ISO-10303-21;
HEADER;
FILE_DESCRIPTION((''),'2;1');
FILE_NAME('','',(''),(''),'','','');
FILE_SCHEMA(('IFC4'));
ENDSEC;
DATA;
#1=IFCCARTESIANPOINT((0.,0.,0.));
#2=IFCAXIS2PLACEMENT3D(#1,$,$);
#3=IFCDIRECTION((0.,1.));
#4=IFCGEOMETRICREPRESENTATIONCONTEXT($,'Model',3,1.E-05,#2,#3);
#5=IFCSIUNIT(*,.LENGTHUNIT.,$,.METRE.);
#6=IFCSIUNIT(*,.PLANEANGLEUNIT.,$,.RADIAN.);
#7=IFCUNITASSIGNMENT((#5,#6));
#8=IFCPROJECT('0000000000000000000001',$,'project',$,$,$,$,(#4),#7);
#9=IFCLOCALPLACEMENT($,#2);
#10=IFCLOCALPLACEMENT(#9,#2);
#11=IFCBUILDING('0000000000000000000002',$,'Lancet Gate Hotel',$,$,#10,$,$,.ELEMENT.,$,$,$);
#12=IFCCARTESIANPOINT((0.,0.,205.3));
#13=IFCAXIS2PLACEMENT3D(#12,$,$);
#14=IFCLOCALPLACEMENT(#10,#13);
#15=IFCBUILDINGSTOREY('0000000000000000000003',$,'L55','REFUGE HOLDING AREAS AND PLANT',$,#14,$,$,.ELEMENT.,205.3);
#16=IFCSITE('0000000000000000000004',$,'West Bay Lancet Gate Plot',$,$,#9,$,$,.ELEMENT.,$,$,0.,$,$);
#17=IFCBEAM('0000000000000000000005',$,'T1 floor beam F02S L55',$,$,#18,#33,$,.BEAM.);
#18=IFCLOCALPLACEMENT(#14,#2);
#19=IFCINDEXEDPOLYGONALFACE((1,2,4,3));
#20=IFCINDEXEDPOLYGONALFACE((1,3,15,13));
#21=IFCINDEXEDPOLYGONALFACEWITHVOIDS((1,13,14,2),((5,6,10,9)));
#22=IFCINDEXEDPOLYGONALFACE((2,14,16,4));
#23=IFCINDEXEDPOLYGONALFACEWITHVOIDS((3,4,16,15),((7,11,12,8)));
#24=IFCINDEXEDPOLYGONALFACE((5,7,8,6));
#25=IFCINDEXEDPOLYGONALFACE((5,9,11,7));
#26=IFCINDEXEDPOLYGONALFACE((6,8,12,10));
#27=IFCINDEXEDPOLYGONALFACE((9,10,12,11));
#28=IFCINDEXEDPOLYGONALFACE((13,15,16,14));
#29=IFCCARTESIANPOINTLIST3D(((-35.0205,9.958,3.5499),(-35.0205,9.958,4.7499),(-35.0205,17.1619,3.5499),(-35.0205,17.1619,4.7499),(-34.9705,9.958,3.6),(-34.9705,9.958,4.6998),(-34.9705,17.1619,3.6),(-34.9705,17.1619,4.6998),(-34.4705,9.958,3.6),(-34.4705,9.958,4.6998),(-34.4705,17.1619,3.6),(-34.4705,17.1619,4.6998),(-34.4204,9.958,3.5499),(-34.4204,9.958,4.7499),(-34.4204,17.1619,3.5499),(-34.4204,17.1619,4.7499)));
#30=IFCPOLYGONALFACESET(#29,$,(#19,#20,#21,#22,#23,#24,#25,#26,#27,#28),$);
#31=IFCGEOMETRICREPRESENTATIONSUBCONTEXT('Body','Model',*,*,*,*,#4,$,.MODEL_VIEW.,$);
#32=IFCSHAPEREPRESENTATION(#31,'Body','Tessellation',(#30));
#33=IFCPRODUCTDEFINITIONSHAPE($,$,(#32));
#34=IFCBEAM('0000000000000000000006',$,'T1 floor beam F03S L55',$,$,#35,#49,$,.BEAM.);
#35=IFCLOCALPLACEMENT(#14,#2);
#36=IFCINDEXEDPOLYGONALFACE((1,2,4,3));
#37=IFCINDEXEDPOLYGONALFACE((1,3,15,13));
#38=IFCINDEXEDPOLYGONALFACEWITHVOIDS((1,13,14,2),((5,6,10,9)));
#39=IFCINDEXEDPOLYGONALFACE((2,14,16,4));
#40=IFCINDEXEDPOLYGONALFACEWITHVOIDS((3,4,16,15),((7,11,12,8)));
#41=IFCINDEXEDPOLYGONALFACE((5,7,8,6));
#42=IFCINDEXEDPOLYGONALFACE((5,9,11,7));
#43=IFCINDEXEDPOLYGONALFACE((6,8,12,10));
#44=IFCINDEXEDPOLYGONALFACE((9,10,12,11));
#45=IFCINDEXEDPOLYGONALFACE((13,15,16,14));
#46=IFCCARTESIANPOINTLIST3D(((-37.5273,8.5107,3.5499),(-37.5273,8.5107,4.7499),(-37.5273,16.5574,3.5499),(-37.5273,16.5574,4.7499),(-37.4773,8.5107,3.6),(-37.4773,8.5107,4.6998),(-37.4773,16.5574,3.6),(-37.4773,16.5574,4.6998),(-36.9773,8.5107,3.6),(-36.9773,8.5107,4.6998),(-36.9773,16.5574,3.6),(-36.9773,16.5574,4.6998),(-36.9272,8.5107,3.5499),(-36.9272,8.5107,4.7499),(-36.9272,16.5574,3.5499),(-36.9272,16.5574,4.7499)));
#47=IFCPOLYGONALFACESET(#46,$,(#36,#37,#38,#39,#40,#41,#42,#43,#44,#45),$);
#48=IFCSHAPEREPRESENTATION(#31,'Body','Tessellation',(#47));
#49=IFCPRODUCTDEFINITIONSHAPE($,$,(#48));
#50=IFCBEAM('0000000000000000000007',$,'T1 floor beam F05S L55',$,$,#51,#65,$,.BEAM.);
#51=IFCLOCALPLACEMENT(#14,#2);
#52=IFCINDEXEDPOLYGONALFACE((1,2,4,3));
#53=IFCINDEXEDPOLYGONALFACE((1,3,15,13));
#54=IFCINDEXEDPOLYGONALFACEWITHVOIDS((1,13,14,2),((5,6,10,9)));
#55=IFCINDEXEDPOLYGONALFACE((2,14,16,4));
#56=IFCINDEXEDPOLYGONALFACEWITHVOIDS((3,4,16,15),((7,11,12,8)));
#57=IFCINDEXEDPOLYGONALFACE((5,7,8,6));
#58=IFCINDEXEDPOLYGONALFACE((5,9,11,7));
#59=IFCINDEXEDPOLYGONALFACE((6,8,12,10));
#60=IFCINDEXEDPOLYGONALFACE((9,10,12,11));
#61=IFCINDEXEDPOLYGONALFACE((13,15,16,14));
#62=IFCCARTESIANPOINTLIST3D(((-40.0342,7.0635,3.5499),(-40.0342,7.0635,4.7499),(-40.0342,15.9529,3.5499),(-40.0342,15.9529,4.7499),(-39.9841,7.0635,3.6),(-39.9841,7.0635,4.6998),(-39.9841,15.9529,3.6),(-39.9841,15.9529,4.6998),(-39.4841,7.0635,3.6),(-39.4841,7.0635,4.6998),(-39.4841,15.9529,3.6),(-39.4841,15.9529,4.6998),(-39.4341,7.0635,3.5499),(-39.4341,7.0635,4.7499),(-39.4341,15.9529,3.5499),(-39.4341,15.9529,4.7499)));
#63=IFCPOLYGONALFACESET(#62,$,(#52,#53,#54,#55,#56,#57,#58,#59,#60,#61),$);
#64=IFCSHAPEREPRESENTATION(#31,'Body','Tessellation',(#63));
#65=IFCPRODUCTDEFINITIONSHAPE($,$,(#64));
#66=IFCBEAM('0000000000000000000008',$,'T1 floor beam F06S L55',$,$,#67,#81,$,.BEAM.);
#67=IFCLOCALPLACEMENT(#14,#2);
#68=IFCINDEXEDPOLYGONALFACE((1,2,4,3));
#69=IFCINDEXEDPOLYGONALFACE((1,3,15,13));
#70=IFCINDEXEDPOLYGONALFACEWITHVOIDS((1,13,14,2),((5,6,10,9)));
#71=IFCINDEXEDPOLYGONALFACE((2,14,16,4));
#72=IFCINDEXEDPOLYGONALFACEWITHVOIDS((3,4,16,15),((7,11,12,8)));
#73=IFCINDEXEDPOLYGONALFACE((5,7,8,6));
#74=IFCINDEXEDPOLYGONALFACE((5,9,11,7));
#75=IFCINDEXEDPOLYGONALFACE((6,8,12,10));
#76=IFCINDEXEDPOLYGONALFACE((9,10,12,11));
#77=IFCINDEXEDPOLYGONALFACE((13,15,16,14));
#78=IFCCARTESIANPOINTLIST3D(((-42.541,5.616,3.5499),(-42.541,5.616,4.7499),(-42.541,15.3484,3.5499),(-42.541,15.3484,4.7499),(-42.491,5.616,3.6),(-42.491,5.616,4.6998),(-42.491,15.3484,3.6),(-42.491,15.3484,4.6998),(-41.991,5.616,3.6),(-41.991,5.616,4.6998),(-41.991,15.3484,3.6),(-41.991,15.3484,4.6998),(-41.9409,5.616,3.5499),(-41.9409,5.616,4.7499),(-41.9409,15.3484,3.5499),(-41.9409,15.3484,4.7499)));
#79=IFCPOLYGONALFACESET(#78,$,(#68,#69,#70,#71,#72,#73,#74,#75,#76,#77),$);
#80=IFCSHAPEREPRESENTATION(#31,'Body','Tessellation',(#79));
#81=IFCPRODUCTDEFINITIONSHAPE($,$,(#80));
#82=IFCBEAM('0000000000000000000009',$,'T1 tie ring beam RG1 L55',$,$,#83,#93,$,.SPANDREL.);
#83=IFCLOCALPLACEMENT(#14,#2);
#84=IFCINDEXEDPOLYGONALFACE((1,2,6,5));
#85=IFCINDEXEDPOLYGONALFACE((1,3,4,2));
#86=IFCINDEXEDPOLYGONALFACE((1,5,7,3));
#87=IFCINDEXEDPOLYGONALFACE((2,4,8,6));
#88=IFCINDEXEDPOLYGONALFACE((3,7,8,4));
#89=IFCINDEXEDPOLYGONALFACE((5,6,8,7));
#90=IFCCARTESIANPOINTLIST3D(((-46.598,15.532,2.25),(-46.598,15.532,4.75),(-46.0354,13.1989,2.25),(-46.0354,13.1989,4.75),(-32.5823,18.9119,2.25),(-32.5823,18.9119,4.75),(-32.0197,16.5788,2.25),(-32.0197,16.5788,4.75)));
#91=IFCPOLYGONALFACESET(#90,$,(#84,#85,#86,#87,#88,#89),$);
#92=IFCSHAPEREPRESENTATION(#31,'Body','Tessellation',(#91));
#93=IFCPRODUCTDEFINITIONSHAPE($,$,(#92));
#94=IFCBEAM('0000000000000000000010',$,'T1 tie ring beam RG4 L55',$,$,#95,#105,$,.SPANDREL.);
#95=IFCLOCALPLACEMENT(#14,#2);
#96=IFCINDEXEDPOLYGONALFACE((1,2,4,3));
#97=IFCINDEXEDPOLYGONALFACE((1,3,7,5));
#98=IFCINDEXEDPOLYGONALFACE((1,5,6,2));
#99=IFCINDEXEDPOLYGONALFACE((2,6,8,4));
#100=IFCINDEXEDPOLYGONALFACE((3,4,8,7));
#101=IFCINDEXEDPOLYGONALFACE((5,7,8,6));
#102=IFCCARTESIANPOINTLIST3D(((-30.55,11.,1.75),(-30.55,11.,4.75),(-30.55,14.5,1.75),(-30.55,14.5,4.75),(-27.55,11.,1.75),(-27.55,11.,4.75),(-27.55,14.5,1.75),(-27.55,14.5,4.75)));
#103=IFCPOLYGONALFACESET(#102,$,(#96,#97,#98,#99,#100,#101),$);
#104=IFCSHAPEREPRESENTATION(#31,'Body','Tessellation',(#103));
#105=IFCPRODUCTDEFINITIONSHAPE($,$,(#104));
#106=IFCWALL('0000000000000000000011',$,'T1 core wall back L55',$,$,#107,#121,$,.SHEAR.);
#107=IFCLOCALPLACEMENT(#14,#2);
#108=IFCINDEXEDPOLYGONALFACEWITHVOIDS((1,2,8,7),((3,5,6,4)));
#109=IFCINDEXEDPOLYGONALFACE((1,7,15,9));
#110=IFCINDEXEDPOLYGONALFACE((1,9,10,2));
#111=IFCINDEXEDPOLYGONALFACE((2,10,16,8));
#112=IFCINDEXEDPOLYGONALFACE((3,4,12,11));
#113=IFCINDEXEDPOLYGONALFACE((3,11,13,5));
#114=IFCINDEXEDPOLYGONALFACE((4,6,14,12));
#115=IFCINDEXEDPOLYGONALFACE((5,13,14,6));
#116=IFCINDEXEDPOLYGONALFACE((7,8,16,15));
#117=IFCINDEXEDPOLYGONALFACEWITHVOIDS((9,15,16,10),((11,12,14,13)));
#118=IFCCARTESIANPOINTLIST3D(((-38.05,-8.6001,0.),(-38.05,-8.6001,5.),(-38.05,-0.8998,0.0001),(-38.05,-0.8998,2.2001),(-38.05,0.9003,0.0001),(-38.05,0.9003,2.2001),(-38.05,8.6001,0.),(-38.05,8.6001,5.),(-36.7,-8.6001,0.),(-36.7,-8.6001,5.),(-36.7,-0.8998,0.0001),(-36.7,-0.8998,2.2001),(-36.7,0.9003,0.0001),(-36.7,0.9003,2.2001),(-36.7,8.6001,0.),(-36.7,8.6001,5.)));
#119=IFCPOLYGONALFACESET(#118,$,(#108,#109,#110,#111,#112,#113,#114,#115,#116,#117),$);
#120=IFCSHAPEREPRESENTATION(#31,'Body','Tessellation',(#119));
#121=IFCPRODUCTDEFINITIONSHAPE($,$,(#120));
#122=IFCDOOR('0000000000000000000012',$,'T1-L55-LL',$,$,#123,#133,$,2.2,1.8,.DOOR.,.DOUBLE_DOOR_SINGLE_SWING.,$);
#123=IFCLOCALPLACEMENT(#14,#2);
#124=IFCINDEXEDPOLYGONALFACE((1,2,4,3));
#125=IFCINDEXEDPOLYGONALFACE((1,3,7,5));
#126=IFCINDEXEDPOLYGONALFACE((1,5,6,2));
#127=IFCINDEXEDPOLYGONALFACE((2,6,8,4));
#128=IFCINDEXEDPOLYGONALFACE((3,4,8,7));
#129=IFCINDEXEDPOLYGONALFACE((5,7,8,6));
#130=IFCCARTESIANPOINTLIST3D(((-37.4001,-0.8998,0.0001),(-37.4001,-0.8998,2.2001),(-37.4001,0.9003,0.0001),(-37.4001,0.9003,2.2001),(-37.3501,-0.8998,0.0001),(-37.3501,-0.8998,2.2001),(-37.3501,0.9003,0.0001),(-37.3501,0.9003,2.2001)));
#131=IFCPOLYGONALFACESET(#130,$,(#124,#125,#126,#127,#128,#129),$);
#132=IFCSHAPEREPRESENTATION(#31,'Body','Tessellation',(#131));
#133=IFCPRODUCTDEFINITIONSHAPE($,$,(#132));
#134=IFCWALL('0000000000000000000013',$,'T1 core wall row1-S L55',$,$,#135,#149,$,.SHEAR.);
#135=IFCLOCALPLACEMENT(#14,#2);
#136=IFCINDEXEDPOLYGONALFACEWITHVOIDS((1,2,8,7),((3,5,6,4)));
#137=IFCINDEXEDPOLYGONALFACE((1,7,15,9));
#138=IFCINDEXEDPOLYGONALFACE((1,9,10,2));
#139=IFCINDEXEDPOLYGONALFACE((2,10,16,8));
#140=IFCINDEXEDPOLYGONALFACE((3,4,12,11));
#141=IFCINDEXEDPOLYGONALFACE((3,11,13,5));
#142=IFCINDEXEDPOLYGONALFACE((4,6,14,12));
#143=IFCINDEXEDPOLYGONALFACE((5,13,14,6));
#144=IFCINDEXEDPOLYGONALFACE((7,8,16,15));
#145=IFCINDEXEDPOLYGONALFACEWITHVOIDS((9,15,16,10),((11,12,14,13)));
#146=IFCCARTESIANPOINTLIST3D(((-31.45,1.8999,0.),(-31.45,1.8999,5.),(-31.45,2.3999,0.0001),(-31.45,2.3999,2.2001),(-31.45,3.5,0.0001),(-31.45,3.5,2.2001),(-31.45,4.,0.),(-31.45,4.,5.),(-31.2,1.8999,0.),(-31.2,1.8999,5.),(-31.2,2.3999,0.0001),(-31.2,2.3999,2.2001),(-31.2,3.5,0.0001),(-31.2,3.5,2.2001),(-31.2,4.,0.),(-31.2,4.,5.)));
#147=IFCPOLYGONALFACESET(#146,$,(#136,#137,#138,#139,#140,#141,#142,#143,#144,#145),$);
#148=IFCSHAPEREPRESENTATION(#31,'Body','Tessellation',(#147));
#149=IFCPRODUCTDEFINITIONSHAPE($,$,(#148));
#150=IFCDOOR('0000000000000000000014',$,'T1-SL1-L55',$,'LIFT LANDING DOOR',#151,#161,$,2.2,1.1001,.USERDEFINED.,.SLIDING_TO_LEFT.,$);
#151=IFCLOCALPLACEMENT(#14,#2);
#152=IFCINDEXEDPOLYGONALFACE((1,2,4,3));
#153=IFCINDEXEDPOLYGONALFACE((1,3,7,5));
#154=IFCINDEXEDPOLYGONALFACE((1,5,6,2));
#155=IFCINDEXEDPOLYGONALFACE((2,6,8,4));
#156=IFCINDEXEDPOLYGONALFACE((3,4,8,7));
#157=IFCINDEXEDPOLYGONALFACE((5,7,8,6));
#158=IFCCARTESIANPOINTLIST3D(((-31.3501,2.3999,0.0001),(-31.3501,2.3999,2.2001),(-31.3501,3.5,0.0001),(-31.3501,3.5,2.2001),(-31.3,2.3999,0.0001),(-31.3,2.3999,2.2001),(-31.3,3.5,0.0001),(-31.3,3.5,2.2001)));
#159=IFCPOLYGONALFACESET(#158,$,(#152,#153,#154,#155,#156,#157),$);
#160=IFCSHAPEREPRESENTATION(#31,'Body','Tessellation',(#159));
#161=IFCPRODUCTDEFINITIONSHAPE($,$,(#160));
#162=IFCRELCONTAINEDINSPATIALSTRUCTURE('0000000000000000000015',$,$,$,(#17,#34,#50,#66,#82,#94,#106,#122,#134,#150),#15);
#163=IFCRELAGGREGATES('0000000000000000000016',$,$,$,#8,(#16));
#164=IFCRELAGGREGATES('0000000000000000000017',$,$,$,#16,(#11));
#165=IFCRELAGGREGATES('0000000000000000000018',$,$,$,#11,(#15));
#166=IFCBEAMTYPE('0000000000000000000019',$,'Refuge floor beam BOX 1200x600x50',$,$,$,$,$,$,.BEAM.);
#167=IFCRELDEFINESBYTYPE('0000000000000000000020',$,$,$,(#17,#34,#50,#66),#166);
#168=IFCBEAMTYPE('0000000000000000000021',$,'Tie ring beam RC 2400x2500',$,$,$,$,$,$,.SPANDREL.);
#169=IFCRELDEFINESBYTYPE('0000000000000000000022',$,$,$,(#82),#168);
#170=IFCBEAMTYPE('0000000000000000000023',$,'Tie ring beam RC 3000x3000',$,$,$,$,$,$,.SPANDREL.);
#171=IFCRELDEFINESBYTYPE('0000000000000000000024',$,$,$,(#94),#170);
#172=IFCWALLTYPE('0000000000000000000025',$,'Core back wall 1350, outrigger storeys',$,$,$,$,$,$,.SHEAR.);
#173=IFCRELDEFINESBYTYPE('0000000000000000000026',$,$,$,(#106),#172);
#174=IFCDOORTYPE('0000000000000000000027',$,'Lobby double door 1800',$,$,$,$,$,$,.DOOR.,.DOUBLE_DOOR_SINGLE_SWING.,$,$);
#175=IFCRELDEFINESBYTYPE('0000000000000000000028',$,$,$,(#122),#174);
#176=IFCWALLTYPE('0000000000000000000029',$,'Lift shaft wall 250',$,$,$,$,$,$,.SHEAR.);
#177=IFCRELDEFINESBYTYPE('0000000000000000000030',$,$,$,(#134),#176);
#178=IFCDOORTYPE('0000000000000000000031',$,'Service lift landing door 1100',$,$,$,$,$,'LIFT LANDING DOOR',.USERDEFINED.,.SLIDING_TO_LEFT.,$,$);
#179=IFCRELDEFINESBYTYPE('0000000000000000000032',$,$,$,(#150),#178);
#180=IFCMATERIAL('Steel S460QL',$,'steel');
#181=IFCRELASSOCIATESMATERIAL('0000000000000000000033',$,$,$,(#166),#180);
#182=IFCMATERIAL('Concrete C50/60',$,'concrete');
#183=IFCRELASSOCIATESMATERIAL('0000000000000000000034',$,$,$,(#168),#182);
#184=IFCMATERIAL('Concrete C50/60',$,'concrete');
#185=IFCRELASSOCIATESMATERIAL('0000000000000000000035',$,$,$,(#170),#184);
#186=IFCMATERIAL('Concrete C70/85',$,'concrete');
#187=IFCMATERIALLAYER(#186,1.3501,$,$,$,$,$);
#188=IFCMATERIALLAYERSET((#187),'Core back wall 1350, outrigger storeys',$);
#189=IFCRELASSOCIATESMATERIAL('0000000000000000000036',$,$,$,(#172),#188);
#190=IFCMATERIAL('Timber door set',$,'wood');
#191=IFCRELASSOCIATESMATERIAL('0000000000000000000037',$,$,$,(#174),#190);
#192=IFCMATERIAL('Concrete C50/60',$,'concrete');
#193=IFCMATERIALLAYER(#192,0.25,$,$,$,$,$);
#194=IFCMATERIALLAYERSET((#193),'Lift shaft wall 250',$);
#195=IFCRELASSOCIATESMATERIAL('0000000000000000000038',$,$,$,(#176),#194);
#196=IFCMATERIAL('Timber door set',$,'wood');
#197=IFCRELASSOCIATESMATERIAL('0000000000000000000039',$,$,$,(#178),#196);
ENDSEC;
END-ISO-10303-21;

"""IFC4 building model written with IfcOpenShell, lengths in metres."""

from ifc_helpers import new_model, si_unit, direction, frame, frame_2d, origin, origin_2d, place, context, subcontext, project, spatial, rectangle, hollow_rectangle, extrude, material, layer, layer_set, material_profile, profile_set, type_object, element, fill, save


model = new_model("IFC4")

# Units and contexts
model_context = context("Model", 3, precision=1e-05, world=origin(), true_north=direction((0.0, 1.0)))
body_context = subcontext(model_context, "Body", "Model", "MODEL_VIEW")
ifc_project = project(units=[si_unit("LENGTHUNIT", "METRE"), si_unit("PLANEANGLEUNIT", "RADIAN")], contexts=[model_context])

# Site, building, storey
site_placement = place(None, origin())
site = spatial("IfcSite", under=ifc_project, at=site_placement, Name="West Bay Lancet Gate Plot", CompositionType="ELEMENT", RefElevation=0.0)
building_placement = place(site_placement, origin())
building = spatial("IfcBuilding", under=site, at=building_placement, Name="Lancet Gate Hotel", CompositionType="ELEMENT")
storey_placement = place(building_placement, frame((0.0, 0.0, 205.3)))
storey = spatial("IfcBuildingStorey", under=building, at=storey_placement, Name="L55", Description="REFUGE HOLDING AREAS AND PLANT", CompositionType="ELEMENT", Elevation=205.3)

# Beams
ifc_material_1 = material(Name="Steel S460QL", Category="steel")
ifc_material_profile_1 = material_profile(ifc_material_1, hollow_rectangle(XDim=0.6001, YDim=1.2, WallThickness=0.05, at=origin_2d()), Name="BOX 1200x600x50")
ifc_profile_set_1 = profile_set([ifc_material_profile_1], Name="Steel S460QL")
beam_type_1 = type_object("IfcBeamType", Name="Refuge floor beam BOX 1200x600x50", PredefinedType="BEAM", material=ifc_profile_set_1)
beam_1_placement = place(storey_placement, frame((-34.7205, 17.1619, 4.1499), z_axis=(0.0, -1.0, 0.0), x_axis=(1.0, 0.0, 0.0)))
element("IfcBeam", 1, at=beam_1_placement, inside=storey, type_object=beam_type_1, Name="T1 floor beam F02S L55", PredefinedType="BEAM", context=body_context, shape_type="SweptSolid", body=[
    extrude(hollow_rectangle(XDim=0.6001, YDim=1.2, WallThickness=0.05, at=origin_2d()), origin(), (0.0, 0.0, 1.0), 7.2039),
])
beam_2_placement = place(storey_placement, frame((-37.2273, 16.5574, 4.1499), z_axis=(0.0, -1.0, 0.0), x_axis=(1.0, 0.0, 0.0)))
element("IfcBeam", 2, at=beam_2_placement, inside=storey, type_object=beam_type_1, Name="T1 floor beam F03S L55", PredefinedType="BEAM", context=body_context, shape_type="SweptSolid", body=[
    extrude(hollow_rectangle(XDim=0.6001, YDim=1.2, WallThickness=0.05, at=origin_2d()), origin(), (0.0, 0.0, 1.0), 8.0466),
])
beam_3_placement = place(storey_placement, frame((-39.7341, 15.9529, 4.1499), z_axis=(0.0, -1.0, 0.0), x_axis=(1.0, 0.0, 0.0)))
element("IfcBeam", 3, at=beam_3_placement, inside=storey, type_object=beam_type_1, Name="T1 floor beam F05S L55", PredefinedType="BEAM", context=body_context, shape_type="SweptSolid", body=[
    extrude(hollow_rectangle(XDim=0.6001, YDim=1.2, WallThickness=0.05, at=origin_2d()), origin(), (0.0, 0.0, 1.0), 8.8894),
])
beam_4_placement = place(storey_placement, frame((-42.241, 15.3484, 4.1499), z_axis=(0.0, -1.0, 0.0), x_axis=(1.0, 0.0, 0.0)))
element("IfcBeam", 4, at=beam_4_placement, inside=storey, type_object=beam_type_1, Name="T1 floor beam F06S L55", PredefinedType="BEAM", context=body_context, shape_type="SweptSolid", body=[
    extrude(hollow_rectangle(XDim=0.6001, YDim=1.2, WallThickness=0.05, at=origin_2d()), origin(), (0.0, 0.0, 1.0), 9.7324),
])
ifc_material_2 = material(Name="Concrete C50/60", Category="concrete")
ifc_material_profile_2 = material_profile(ifc_material_2, rectangle(XDim=2.3999, YDim=2.5, at=origin_2d()), Name="RC 2400x2500")
ifc_profile_set_2 = profile_set([ifc_material_profile_2], Name="Concrete C50/60")
beam_type_2 = type_object("IfcBeamType", Name="Tie ring beam RC 2400x2500", PredefinedType="SPANDREL", material=ifc_profile_set_2)
beam_5_placement = place(storey_placement, frame((-32.301, 17.7454, 3.5), z_axis=(-0.972133, -0.234431, 0.0), x_axis=(0.234431, -0.972133, 0.0)))
element("IfcBeam", 5, at=beam_5_placement, inside=storey, type_object=beam_type_2, Name="T1 tie ring beam RG1 L55", PredefinedType="SPANDREL", context=body_context, shape_type="SweptSolid", body=[
    extrude(rectangle(XDim=2.3999, YDim=2.5, at=origin_2d()), origin(), (0.0, 0.0, 1.0), 14.4175),
])
ifc_material_3 = material(Name="Concrete C50/60", Category="concrete")
ifc_material_profile_3 = material_profile(ifc_material_3, rectangle(XDim=3.0, YDim=3.0, at=origin_2d()), Name="RC 3000x3000")
ifc_profile_set_3 = profile_set([ifc_material_profile_3], Name="Concrete C50/60")
beam_type_3 = type_object("IfcBeamType", Name="Tie ring beam RC 3000x3000", PredefinedType="SPANDREL", material=ifc_profile_set_3)
beam_6_placement = place(storey_placement, frame((-29.05, 14.5, 3.25), z_axis=(0.0, -1.0, 0.0), x_axis=(1.0, 0.0, 0.0)))
element("IfcBeam", 6, at=beam_6_placement, inside=storey, type_object=beam_type_3, Name="T1 tie ring beam RG4 L55", PredefinedType="SPANDREL", context=body_context, shape_type="SweptSolid", body=[
    extrude(rectangle(XDim=3.0, YDim=3.0, at=origin_2d()), origin(), (0.0, 0.0, 1.0), 3.5),
])

# Walls, openings, doors
ifc_material_4 = material(Name="Concrete C70/85", Category="concrete")
ifc_layer_1 = layer(ifc_material_4, 1.3501)
ifc_layer_set_1 = layer_set([ifc_layer_1], Name="Core back wall 1350, outrigger storeys")
wall_type_1 = type_object("IfcWallType", Name="Core back wall 1350, outrigger storeys", PredefinedType="SHEAR", material=ifc_layer_set_1)
wall_1_placement = place(storey_placement, frame((-37.375, 8.6001, 0.0), z_axis=(0.0, 0.0, 1.0), x_axis=(0.0, -1.0, 0.0)))
wall_1 = element("IfcWall", 7, at=wall_1_placement, inside=storey, type_object=wall_type_1, Name="T1 core wall back L55", PredefinedType="SHEAR", context=body_context, shape_type="SweptSolid", body=[
    extrude(rectangle(XDim=17.2002, YDim=1.3501, at=frame_2d((8.6001, 0.0))), origin(), (0.0, 0.0, 1.0), 5.0),
])
opening_1_placement = place(wall_1_placement, frame((7.7, 0.0, 0.0)))
opening_1 = element("IfcOpeningElement", 8, at=opening_1_placement, cuts=wall_1, PredefinedType="OPENING", context=body_context, shape_type="SweptSolid", body=[
    extrude(rectangle(XDim=1.8, YDim=2.2, at=frame_2d((0.8999, 1.1001))), frame((0.0, 0.6851, 0.0), z_axis=(0.0, -1.0, 0.0), x_axis=(1.0, 0.0, 0.0)), (0.0, 0.0, 1.0), 1.3701),
])
ifc_material_5 = material(Name="Timber door set", Category="wood")
door_type_1 = type_object("IfcDoorType", Name="Lobby double door 1800", OperationType="DOUBLE_DOOR_SINGLE_SWING", PredefinedType="DOOR", material=ifc_material_5)
door_1_placement = place(opening_1_placement, origin())
door_1 = element("IfcDoor", 9, at=door_1_placement, inside=storey, type_object=door_type_1, Name="T1-L55-LL", OperationType="DOUBLE_DOOR_SINGLE_SWING", OverallHeight=2.2, OverallWidth=1.8, PredefinedType="DOOR", context=body_context, shape_type="SweptSolid", body=[
    extrude(rectangle(XDim=1.8, YDim=2.2, at=frame_2d((0.8999, 1.1001))), frame((0.0, 0.0249, 0.0), z_axis=(0.0, -1.0, 0.0), x_axis=(1.0, 0.0, 0.0)), (0.0, 0.0, 1.0), 0.05),
])
fill(opening_1, door_1)
ifc_material_6 = material(Name="Concrete C50/60", Category="concrete")
ifc_layer_2 = layer(ifc_material_6, 0.25)
ifc_layer_set_2 = layer_set([ifc_layer_2], Name="Lift shaft wall 250")
wall_type_2 = type_object("IfcWallType", Name="Lift shaft wall 250", PredefinedType="SHEAR", material=ifc_layer_set_2)
wall_2_placement = place(storey_placement, frame((-31.325, 4.0, 0.0), z_axis=(0.0, 0.0, 1.0), x_axis=(0.0, -1.0, 0.0)))
wall_2 = element("IfcWall", 10, at=wall_2_placement, inside=storey, type_object=wall_type_2, Name="T1 core wall row1-S L55", PredefinedType="SHEAR", context=body_context, shape_type="SweptSolid", body=[
    extrude(rectangle(XDim=2.1001, YDim=0.25, at=frame_2d((1.05, 0.0))), origin(), (0.0, 0.0, 1.0), 5.0),
])
opening_2_placement = place(wall_2_placement, frame((0.5, 0.0, 0.0)))
opening_2 = element("IfcOpeningElement", 11, at=opening_2_placement, cuts=wall_2, PredefinedType="OPENING", context=body_context, shape_type="SweptSolid", body=[
    extrude(rectangle(XDim=1.1001, YDim=2.2, at=frame_2d((0.55, 1.1001))), frame((0.0, 0.135, 0.0), z_axis=(0.0, -1.0, 0.0), x_axis=(1.0, 0.0, 0.0)), (0.0, 0.0, 1.0), 0.27),
])
ifc_material_7 = material(Name="Timber door set", Category="wood")
door_type_2 = type_object("IfcDoorType", Name="Service lift landing door 1100", ElementType="LIFT LANDING DOOR", OperationType="SLIDING_TO_LEFT", PredefinedType="USERDEFINED", material=ifc_material_7)
door_2_placement = place(opening_2_placement, origin())
door_2 = element("IfcDoor", 12, at=door_2_placement, inside=storey, type_object=door_type_2, Name="T1-SL1-L55", ObjectType="LIFT LANDING DOOR", OperationType="SLIDING_TO_LEFT", OverallHeight=2.2, OverallWidth=1.1001, PredefinedType="USERDEFINED", context=body_context, shape_type="SweptSolid", body=[
    extrude(rectangle(XDim=1.1001, YDim=2.2, at=frame_2d((0.55, 1.1001))), frame((0.0, 0.0249, 0.0), z_axis=(0.0, -1.0, 0.0), x_axis=(1.0, 0.0, 0.0)), (0.0, 0.0, 1.0), 0.05),
])
fill(opening_2, door_2)

save(model, "model.ifc")
